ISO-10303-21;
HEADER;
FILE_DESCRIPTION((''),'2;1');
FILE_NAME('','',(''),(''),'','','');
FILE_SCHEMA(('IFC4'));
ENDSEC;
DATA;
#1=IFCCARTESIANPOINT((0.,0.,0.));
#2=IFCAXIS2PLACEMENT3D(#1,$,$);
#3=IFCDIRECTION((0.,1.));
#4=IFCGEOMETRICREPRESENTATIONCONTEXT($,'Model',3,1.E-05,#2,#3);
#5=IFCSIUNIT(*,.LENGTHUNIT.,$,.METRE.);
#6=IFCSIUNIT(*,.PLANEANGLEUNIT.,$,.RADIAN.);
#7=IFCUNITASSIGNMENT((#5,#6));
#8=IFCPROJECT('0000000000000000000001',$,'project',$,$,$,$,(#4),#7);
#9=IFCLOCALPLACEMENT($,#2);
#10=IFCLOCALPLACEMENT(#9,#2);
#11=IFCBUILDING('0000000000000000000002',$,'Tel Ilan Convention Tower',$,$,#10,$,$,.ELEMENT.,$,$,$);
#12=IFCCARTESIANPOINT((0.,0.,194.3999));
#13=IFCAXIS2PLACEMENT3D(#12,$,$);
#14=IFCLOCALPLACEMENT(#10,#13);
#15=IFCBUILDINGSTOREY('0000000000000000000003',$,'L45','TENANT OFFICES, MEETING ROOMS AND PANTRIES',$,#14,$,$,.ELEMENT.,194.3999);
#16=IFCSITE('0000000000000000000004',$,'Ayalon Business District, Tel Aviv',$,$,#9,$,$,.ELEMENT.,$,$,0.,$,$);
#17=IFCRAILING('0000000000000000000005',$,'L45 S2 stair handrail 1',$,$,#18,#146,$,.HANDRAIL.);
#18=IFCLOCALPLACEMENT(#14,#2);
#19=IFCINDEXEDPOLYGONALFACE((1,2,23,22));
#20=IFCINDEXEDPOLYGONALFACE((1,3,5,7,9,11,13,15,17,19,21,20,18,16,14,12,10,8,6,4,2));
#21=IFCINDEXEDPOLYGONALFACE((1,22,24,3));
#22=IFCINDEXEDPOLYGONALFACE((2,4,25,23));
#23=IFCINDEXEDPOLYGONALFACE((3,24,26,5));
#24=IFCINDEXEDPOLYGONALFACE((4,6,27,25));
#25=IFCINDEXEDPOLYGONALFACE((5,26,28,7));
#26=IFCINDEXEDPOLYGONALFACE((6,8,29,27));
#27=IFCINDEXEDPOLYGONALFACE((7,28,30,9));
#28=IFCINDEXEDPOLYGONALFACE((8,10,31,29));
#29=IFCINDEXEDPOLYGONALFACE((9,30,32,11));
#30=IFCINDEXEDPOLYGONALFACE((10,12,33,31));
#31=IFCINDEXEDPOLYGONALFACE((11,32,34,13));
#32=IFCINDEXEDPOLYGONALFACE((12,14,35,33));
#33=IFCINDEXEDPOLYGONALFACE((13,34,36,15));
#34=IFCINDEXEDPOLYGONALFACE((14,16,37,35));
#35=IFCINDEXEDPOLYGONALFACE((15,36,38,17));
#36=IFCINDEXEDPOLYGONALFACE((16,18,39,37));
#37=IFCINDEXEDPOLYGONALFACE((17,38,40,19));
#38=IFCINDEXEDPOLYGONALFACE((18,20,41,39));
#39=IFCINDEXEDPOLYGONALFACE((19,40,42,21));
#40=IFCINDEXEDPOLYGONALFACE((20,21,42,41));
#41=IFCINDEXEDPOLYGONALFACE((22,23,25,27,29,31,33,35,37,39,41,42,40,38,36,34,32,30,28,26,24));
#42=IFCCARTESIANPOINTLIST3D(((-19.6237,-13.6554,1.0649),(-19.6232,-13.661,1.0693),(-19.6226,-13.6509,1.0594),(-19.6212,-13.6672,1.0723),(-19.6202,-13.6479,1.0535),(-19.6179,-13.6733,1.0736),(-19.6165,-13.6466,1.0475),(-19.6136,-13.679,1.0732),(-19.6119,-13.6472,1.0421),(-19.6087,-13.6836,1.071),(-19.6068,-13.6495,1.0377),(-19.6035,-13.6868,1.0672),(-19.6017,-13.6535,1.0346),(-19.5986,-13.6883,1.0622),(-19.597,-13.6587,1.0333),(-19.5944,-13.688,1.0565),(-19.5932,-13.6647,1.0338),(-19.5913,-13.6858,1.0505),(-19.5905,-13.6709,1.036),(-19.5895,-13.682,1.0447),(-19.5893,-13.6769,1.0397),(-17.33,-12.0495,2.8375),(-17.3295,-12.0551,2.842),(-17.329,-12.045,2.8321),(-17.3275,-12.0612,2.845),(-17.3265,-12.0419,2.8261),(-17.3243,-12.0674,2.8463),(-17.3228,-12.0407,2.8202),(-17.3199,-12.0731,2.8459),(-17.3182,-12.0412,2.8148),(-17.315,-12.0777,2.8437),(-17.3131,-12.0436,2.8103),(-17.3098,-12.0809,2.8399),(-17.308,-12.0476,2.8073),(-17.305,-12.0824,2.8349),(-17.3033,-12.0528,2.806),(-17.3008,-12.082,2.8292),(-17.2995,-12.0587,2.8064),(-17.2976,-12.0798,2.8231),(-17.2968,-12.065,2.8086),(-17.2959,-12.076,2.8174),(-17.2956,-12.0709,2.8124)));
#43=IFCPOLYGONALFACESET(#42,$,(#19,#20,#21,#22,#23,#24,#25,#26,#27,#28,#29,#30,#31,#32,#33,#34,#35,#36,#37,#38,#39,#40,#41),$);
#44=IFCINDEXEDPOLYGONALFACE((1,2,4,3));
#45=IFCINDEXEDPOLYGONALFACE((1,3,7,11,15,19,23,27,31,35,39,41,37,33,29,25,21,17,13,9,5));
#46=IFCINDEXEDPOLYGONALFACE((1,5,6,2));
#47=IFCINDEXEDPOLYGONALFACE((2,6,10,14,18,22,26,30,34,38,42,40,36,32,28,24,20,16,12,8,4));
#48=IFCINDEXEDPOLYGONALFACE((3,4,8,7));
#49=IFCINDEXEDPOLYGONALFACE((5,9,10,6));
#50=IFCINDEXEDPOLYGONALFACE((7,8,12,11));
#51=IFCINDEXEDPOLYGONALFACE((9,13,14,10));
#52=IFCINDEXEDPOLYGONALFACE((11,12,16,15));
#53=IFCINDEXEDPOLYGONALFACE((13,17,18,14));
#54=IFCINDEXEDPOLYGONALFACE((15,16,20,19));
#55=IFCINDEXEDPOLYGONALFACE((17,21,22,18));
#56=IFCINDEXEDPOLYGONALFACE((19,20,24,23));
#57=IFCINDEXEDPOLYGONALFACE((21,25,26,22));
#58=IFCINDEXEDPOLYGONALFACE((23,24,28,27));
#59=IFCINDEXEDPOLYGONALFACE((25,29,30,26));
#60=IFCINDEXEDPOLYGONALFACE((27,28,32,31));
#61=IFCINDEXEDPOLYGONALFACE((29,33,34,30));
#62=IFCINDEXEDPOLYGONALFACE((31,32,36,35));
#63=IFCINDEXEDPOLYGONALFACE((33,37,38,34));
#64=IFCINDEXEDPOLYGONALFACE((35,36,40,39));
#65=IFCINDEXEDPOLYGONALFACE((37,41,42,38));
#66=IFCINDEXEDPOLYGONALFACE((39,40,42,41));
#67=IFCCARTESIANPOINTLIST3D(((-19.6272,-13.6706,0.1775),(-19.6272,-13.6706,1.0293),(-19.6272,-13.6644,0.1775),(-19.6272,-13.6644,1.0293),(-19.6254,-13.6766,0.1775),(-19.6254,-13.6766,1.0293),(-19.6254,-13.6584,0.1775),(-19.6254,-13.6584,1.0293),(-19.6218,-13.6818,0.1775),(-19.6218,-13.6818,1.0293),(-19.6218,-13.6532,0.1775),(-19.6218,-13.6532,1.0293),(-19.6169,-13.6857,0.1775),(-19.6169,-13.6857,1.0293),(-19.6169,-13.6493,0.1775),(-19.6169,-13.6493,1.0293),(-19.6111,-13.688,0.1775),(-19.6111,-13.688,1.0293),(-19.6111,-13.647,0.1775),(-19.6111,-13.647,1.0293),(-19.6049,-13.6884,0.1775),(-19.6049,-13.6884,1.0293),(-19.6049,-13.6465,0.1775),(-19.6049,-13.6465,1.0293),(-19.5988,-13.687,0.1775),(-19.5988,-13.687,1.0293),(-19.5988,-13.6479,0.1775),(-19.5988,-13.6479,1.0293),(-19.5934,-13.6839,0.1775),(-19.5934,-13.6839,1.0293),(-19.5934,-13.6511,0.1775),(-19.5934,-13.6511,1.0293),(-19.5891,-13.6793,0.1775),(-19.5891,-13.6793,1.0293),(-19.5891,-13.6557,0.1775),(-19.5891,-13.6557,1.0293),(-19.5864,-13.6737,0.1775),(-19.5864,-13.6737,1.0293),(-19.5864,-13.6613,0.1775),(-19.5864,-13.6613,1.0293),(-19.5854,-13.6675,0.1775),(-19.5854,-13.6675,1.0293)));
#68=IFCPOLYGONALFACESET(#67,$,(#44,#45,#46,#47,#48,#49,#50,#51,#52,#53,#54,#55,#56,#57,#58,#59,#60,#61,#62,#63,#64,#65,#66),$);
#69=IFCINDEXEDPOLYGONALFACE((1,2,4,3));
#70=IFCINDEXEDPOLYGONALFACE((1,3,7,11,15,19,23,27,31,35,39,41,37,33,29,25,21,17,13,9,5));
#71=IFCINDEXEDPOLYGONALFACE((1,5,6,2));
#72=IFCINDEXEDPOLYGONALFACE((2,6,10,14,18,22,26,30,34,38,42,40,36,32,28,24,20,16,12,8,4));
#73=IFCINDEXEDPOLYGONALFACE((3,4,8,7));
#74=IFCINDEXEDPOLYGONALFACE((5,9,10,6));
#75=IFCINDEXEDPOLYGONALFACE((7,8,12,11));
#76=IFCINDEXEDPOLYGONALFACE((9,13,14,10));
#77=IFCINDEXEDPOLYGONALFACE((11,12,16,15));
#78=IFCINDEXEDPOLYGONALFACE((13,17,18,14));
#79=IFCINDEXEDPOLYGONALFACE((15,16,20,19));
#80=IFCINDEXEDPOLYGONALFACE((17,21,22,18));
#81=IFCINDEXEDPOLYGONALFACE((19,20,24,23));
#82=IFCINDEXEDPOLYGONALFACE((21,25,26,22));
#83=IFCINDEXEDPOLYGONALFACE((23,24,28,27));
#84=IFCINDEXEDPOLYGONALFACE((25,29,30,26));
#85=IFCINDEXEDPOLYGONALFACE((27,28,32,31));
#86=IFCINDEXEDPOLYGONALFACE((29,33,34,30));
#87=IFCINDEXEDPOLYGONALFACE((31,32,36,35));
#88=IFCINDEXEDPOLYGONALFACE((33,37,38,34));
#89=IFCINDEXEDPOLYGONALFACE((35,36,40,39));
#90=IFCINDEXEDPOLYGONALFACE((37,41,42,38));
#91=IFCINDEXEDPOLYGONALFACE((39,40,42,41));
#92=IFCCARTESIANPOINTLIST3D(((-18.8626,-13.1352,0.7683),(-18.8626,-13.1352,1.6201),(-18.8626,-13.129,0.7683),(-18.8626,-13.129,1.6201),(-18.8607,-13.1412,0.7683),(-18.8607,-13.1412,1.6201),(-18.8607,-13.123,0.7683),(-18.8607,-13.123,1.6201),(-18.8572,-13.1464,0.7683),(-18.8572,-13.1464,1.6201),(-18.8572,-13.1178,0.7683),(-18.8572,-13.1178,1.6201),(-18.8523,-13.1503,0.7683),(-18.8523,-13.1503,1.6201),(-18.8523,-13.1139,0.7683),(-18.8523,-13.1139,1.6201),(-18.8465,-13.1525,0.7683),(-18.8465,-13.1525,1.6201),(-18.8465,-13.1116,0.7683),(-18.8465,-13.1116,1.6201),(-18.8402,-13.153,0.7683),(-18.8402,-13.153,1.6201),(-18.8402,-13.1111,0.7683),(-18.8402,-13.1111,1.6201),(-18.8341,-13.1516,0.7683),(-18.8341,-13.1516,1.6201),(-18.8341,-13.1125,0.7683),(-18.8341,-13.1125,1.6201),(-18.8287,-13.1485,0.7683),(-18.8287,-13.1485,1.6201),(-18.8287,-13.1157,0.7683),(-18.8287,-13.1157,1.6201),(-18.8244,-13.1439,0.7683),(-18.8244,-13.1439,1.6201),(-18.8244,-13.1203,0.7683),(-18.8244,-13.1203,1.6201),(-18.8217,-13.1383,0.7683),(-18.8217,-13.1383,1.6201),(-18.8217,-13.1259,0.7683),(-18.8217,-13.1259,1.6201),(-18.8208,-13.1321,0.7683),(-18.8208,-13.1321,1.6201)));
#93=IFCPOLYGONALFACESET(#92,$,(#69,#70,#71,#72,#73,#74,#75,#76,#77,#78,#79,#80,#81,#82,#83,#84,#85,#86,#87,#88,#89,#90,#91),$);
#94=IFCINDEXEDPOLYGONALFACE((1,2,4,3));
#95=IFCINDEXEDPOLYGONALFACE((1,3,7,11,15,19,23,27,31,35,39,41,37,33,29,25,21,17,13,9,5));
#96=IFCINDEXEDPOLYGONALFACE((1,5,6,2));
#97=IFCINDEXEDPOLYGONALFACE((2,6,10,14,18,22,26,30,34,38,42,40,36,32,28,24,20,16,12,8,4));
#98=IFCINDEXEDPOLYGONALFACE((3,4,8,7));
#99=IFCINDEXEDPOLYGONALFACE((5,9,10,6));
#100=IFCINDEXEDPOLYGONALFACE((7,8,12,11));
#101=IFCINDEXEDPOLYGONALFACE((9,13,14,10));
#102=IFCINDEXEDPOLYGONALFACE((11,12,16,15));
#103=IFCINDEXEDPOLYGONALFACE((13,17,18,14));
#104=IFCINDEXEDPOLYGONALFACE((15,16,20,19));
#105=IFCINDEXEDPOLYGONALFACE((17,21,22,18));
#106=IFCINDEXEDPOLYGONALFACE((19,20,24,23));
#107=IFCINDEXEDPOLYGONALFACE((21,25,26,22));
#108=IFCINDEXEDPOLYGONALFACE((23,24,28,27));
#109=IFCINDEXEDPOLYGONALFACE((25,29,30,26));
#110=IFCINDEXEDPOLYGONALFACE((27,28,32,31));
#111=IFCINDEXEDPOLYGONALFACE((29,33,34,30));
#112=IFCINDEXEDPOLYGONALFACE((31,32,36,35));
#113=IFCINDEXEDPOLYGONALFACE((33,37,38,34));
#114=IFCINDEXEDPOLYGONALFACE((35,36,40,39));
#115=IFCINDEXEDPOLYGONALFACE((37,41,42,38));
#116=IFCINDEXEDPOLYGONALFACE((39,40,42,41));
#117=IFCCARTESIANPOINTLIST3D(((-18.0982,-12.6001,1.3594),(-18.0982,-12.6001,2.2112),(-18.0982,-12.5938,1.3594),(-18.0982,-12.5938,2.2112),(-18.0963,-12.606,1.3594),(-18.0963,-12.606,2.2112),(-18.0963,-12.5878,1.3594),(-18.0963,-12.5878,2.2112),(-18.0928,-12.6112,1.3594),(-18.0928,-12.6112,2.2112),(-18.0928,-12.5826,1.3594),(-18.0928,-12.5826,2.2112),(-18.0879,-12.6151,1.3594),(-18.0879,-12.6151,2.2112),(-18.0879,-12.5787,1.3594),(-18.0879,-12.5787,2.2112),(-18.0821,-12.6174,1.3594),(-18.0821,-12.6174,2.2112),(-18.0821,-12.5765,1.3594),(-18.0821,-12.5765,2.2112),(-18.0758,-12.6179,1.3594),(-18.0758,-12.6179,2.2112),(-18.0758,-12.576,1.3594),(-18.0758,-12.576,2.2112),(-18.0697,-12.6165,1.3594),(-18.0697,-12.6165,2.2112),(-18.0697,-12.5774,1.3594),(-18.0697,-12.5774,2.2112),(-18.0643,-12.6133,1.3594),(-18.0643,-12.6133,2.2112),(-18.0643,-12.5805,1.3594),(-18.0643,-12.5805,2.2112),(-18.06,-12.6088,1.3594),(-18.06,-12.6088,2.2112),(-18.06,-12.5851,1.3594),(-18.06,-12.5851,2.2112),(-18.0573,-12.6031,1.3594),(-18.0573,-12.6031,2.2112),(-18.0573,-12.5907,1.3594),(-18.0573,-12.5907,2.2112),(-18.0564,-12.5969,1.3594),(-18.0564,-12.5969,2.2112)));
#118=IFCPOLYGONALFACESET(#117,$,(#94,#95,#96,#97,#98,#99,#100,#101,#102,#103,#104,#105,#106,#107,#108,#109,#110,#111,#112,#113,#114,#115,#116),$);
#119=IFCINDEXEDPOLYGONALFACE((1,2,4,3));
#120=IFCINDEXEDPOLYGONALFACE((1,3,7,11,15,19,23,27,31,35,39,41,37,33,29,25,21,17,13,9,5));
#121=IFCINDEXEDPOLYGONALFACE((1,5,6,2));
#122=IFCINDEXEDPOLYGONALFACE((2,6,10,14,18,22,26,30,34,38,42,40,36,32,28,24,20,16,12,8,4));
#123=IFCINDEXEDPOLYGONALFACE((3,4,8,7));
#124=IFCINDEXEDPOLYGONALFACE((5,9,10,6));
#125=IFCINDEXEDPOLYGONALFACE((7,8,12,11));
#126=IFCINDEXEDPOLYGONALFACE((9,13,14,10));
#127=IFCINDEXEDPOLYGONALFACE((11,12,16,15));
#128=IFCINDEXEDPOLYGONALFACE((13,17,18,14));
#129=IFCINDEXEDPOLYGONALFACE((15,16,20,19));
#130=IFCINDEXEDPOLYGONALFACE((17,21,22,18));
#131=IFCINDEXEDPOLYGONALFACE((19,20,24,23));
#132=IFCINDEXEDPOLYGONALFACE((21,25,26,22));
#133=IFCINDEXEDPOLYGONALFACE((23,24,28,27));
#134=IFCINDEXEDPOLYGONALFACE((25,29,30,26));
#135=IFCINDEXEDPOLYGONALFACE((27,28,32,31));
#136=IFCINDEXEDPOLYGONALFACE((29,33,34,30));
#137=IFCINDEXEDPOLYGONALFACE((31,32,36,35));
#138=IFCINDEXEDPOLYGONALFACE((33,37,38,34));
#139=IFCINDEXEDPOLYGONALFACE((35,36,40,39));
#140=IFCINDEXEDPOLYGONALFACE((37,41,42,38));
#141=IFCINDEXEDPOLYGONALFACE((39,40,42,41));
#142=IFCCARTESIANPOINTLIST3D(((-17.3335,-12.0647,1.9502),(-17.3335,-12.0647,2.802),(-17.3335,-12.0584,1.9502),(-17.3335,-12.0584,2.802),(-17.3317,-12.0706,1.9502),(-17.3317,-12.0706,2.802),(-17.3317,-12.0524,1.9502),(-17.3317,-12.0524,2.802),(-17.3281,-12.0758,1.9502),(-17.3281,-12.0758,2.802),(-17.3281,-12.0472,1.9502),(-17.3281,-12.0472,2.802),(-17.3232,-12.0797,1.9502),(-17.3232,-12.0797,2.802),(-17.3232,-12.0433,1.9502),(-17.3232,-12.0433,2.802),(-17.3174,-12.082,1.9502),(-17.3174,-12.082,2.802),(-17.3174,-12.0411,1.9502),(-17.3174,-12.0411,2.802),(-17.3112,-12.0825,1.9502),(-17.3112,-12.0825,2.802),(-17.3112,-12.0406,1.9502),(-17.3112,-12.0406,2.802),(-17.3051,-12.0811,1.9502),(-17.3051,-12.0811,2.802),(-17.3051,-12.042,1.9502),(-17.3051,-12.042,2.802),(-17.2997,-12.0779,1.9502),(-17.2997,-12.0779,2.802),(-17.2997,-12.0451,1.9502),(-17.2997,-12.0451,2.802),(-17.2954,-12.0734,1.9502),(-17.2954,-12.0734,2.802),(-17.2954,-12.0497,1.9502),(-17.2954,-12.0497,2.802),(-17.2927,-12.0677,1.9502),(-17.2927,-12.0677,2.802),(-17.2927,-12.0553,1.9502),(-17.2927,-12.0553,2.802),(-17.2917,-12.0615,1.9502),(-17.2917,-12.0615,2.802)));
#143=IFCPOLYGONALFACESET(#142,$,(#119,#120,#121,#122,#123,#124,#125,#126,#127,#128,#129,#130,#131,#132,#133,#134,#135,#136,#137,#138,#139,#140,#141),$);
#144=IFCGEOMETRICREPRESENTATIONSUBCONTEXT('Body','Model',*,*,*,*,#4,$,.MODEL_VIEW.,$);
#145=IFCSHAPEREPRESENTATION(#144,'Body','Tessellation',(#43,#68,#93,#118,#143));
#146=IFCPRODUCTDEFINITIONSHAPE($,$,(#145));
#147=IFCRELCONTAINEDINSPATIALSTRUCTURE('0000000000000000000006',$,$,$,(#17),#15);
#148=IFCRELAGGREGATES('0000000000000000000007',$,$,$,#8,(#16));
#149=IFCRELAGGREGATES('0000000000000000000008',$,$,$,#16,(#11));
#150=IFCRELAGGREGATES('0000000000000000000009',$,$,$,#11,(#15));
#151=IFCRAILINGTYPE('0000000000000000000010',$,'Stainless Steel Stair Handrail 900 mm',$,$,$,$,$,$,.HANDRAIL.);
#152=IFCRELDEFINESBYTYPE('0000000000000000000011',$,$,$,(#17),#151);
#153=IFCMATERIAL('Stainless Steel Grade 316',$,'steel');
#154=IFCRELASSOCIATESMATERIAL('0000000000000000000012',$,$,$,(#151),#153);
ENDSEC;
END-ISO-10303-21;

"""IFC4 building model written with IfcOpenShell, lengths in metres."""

from ifc_helpers import new_model, si_unit, direction, frame, origin, origin_2d, place, context, subcontext, project, spatial, circle, extrude, material, type_object, element, save


model = new_model("IFC4")

# Units and contexts
model_context = context("Model", 3, precision=1e-05, world=origin(), true_north=direction((0.0, 1.0)))
body_context = subcontext(model_context, "Body", "Model", "MODEL_VIEW")
ifc_project = project(units=[si_unit("LENGTHUNIT", "METRE"), si_unit("PLANEANGLEUNIT", "RADIAN")], contexts=[model_context])

# Site, building, storey
site_placement = place(None, origin())
site = spatial("IfcSite", under=ifc_project, at=site_placement, Name="Ayalon Business District, Tel Aviv", CompositionType="ELEMENT", RefElevation=0.0)
building_placement = place(site_placement, origin())
building = spatial("IfcBuilding", under=site, at=building_placement, Name="Tel Ilan Convention Tower", CompositionType="ELEMENT")
storey_placement = place(building_placement, frame((0.0, 0.0, 194.3999)))
storey = spatial("IfcBuildingStorey", under=building, at=storey_placement, Name="L45", Description="TENANT OFFICES, MEETING ROOMS AND PANTRIES", CompositionType="ELEMENT", Elevation=194.3999)

# Railing
ifc_material_1 = material(Name="Stainless Steel Grade 316", Category="steel")
railing_type_1 = type_object("IfcRailingType", Name="Stainless Steel Stair Handrail 900 mm", PredefinedType="HANDRAIL", material=ifc_material_1)
railing_1_placement = place(storey_placement, frame((-19.6064, -13.6675, 0.1775)))
element("IfcRailing", 1, at=railing_1_placement, inside=storey, type_object=railing_type_1, Name="L45 S2 stair handrail 1", PredefinedType="HANDRAIL", context=body_context, shape_type="SweptSolid", body=[
    extrude(circle(Radius=0.0239, at=origin_2d()), frame((0.0, 0.0, 0.876), z_axis=(0.692123, 0.484597, 0.534913), x_axis=(-0.57355, 0.81917, 0.0)), (0.0, 0.0, 1.0), 3.314),
    extrude(circle(Radius=0.021, at=origin_2d()), origin(), (0.0, 0.0, 1.0), 0.8518),
    extrude(circle(Radius=0.021, at=origin_2d()), frame((0.7646, 0.5354, 0.5908)), (0.0, 0.0, 1.0), 0.8518),
    extrude(circle(Radius=0.021, at=origin_2d()), frame((1.5291, 1.0706, 1.1819)), (0.0, 0.0, 1.0), 0.8518),
    extrude(circle(Radius=0.021, at=origin_2d()), frame((2.2937, 1.606, 1.7727)), (0.0, 0.0, 1.0), 0.8518),
])

save(model, "model.ifc")
